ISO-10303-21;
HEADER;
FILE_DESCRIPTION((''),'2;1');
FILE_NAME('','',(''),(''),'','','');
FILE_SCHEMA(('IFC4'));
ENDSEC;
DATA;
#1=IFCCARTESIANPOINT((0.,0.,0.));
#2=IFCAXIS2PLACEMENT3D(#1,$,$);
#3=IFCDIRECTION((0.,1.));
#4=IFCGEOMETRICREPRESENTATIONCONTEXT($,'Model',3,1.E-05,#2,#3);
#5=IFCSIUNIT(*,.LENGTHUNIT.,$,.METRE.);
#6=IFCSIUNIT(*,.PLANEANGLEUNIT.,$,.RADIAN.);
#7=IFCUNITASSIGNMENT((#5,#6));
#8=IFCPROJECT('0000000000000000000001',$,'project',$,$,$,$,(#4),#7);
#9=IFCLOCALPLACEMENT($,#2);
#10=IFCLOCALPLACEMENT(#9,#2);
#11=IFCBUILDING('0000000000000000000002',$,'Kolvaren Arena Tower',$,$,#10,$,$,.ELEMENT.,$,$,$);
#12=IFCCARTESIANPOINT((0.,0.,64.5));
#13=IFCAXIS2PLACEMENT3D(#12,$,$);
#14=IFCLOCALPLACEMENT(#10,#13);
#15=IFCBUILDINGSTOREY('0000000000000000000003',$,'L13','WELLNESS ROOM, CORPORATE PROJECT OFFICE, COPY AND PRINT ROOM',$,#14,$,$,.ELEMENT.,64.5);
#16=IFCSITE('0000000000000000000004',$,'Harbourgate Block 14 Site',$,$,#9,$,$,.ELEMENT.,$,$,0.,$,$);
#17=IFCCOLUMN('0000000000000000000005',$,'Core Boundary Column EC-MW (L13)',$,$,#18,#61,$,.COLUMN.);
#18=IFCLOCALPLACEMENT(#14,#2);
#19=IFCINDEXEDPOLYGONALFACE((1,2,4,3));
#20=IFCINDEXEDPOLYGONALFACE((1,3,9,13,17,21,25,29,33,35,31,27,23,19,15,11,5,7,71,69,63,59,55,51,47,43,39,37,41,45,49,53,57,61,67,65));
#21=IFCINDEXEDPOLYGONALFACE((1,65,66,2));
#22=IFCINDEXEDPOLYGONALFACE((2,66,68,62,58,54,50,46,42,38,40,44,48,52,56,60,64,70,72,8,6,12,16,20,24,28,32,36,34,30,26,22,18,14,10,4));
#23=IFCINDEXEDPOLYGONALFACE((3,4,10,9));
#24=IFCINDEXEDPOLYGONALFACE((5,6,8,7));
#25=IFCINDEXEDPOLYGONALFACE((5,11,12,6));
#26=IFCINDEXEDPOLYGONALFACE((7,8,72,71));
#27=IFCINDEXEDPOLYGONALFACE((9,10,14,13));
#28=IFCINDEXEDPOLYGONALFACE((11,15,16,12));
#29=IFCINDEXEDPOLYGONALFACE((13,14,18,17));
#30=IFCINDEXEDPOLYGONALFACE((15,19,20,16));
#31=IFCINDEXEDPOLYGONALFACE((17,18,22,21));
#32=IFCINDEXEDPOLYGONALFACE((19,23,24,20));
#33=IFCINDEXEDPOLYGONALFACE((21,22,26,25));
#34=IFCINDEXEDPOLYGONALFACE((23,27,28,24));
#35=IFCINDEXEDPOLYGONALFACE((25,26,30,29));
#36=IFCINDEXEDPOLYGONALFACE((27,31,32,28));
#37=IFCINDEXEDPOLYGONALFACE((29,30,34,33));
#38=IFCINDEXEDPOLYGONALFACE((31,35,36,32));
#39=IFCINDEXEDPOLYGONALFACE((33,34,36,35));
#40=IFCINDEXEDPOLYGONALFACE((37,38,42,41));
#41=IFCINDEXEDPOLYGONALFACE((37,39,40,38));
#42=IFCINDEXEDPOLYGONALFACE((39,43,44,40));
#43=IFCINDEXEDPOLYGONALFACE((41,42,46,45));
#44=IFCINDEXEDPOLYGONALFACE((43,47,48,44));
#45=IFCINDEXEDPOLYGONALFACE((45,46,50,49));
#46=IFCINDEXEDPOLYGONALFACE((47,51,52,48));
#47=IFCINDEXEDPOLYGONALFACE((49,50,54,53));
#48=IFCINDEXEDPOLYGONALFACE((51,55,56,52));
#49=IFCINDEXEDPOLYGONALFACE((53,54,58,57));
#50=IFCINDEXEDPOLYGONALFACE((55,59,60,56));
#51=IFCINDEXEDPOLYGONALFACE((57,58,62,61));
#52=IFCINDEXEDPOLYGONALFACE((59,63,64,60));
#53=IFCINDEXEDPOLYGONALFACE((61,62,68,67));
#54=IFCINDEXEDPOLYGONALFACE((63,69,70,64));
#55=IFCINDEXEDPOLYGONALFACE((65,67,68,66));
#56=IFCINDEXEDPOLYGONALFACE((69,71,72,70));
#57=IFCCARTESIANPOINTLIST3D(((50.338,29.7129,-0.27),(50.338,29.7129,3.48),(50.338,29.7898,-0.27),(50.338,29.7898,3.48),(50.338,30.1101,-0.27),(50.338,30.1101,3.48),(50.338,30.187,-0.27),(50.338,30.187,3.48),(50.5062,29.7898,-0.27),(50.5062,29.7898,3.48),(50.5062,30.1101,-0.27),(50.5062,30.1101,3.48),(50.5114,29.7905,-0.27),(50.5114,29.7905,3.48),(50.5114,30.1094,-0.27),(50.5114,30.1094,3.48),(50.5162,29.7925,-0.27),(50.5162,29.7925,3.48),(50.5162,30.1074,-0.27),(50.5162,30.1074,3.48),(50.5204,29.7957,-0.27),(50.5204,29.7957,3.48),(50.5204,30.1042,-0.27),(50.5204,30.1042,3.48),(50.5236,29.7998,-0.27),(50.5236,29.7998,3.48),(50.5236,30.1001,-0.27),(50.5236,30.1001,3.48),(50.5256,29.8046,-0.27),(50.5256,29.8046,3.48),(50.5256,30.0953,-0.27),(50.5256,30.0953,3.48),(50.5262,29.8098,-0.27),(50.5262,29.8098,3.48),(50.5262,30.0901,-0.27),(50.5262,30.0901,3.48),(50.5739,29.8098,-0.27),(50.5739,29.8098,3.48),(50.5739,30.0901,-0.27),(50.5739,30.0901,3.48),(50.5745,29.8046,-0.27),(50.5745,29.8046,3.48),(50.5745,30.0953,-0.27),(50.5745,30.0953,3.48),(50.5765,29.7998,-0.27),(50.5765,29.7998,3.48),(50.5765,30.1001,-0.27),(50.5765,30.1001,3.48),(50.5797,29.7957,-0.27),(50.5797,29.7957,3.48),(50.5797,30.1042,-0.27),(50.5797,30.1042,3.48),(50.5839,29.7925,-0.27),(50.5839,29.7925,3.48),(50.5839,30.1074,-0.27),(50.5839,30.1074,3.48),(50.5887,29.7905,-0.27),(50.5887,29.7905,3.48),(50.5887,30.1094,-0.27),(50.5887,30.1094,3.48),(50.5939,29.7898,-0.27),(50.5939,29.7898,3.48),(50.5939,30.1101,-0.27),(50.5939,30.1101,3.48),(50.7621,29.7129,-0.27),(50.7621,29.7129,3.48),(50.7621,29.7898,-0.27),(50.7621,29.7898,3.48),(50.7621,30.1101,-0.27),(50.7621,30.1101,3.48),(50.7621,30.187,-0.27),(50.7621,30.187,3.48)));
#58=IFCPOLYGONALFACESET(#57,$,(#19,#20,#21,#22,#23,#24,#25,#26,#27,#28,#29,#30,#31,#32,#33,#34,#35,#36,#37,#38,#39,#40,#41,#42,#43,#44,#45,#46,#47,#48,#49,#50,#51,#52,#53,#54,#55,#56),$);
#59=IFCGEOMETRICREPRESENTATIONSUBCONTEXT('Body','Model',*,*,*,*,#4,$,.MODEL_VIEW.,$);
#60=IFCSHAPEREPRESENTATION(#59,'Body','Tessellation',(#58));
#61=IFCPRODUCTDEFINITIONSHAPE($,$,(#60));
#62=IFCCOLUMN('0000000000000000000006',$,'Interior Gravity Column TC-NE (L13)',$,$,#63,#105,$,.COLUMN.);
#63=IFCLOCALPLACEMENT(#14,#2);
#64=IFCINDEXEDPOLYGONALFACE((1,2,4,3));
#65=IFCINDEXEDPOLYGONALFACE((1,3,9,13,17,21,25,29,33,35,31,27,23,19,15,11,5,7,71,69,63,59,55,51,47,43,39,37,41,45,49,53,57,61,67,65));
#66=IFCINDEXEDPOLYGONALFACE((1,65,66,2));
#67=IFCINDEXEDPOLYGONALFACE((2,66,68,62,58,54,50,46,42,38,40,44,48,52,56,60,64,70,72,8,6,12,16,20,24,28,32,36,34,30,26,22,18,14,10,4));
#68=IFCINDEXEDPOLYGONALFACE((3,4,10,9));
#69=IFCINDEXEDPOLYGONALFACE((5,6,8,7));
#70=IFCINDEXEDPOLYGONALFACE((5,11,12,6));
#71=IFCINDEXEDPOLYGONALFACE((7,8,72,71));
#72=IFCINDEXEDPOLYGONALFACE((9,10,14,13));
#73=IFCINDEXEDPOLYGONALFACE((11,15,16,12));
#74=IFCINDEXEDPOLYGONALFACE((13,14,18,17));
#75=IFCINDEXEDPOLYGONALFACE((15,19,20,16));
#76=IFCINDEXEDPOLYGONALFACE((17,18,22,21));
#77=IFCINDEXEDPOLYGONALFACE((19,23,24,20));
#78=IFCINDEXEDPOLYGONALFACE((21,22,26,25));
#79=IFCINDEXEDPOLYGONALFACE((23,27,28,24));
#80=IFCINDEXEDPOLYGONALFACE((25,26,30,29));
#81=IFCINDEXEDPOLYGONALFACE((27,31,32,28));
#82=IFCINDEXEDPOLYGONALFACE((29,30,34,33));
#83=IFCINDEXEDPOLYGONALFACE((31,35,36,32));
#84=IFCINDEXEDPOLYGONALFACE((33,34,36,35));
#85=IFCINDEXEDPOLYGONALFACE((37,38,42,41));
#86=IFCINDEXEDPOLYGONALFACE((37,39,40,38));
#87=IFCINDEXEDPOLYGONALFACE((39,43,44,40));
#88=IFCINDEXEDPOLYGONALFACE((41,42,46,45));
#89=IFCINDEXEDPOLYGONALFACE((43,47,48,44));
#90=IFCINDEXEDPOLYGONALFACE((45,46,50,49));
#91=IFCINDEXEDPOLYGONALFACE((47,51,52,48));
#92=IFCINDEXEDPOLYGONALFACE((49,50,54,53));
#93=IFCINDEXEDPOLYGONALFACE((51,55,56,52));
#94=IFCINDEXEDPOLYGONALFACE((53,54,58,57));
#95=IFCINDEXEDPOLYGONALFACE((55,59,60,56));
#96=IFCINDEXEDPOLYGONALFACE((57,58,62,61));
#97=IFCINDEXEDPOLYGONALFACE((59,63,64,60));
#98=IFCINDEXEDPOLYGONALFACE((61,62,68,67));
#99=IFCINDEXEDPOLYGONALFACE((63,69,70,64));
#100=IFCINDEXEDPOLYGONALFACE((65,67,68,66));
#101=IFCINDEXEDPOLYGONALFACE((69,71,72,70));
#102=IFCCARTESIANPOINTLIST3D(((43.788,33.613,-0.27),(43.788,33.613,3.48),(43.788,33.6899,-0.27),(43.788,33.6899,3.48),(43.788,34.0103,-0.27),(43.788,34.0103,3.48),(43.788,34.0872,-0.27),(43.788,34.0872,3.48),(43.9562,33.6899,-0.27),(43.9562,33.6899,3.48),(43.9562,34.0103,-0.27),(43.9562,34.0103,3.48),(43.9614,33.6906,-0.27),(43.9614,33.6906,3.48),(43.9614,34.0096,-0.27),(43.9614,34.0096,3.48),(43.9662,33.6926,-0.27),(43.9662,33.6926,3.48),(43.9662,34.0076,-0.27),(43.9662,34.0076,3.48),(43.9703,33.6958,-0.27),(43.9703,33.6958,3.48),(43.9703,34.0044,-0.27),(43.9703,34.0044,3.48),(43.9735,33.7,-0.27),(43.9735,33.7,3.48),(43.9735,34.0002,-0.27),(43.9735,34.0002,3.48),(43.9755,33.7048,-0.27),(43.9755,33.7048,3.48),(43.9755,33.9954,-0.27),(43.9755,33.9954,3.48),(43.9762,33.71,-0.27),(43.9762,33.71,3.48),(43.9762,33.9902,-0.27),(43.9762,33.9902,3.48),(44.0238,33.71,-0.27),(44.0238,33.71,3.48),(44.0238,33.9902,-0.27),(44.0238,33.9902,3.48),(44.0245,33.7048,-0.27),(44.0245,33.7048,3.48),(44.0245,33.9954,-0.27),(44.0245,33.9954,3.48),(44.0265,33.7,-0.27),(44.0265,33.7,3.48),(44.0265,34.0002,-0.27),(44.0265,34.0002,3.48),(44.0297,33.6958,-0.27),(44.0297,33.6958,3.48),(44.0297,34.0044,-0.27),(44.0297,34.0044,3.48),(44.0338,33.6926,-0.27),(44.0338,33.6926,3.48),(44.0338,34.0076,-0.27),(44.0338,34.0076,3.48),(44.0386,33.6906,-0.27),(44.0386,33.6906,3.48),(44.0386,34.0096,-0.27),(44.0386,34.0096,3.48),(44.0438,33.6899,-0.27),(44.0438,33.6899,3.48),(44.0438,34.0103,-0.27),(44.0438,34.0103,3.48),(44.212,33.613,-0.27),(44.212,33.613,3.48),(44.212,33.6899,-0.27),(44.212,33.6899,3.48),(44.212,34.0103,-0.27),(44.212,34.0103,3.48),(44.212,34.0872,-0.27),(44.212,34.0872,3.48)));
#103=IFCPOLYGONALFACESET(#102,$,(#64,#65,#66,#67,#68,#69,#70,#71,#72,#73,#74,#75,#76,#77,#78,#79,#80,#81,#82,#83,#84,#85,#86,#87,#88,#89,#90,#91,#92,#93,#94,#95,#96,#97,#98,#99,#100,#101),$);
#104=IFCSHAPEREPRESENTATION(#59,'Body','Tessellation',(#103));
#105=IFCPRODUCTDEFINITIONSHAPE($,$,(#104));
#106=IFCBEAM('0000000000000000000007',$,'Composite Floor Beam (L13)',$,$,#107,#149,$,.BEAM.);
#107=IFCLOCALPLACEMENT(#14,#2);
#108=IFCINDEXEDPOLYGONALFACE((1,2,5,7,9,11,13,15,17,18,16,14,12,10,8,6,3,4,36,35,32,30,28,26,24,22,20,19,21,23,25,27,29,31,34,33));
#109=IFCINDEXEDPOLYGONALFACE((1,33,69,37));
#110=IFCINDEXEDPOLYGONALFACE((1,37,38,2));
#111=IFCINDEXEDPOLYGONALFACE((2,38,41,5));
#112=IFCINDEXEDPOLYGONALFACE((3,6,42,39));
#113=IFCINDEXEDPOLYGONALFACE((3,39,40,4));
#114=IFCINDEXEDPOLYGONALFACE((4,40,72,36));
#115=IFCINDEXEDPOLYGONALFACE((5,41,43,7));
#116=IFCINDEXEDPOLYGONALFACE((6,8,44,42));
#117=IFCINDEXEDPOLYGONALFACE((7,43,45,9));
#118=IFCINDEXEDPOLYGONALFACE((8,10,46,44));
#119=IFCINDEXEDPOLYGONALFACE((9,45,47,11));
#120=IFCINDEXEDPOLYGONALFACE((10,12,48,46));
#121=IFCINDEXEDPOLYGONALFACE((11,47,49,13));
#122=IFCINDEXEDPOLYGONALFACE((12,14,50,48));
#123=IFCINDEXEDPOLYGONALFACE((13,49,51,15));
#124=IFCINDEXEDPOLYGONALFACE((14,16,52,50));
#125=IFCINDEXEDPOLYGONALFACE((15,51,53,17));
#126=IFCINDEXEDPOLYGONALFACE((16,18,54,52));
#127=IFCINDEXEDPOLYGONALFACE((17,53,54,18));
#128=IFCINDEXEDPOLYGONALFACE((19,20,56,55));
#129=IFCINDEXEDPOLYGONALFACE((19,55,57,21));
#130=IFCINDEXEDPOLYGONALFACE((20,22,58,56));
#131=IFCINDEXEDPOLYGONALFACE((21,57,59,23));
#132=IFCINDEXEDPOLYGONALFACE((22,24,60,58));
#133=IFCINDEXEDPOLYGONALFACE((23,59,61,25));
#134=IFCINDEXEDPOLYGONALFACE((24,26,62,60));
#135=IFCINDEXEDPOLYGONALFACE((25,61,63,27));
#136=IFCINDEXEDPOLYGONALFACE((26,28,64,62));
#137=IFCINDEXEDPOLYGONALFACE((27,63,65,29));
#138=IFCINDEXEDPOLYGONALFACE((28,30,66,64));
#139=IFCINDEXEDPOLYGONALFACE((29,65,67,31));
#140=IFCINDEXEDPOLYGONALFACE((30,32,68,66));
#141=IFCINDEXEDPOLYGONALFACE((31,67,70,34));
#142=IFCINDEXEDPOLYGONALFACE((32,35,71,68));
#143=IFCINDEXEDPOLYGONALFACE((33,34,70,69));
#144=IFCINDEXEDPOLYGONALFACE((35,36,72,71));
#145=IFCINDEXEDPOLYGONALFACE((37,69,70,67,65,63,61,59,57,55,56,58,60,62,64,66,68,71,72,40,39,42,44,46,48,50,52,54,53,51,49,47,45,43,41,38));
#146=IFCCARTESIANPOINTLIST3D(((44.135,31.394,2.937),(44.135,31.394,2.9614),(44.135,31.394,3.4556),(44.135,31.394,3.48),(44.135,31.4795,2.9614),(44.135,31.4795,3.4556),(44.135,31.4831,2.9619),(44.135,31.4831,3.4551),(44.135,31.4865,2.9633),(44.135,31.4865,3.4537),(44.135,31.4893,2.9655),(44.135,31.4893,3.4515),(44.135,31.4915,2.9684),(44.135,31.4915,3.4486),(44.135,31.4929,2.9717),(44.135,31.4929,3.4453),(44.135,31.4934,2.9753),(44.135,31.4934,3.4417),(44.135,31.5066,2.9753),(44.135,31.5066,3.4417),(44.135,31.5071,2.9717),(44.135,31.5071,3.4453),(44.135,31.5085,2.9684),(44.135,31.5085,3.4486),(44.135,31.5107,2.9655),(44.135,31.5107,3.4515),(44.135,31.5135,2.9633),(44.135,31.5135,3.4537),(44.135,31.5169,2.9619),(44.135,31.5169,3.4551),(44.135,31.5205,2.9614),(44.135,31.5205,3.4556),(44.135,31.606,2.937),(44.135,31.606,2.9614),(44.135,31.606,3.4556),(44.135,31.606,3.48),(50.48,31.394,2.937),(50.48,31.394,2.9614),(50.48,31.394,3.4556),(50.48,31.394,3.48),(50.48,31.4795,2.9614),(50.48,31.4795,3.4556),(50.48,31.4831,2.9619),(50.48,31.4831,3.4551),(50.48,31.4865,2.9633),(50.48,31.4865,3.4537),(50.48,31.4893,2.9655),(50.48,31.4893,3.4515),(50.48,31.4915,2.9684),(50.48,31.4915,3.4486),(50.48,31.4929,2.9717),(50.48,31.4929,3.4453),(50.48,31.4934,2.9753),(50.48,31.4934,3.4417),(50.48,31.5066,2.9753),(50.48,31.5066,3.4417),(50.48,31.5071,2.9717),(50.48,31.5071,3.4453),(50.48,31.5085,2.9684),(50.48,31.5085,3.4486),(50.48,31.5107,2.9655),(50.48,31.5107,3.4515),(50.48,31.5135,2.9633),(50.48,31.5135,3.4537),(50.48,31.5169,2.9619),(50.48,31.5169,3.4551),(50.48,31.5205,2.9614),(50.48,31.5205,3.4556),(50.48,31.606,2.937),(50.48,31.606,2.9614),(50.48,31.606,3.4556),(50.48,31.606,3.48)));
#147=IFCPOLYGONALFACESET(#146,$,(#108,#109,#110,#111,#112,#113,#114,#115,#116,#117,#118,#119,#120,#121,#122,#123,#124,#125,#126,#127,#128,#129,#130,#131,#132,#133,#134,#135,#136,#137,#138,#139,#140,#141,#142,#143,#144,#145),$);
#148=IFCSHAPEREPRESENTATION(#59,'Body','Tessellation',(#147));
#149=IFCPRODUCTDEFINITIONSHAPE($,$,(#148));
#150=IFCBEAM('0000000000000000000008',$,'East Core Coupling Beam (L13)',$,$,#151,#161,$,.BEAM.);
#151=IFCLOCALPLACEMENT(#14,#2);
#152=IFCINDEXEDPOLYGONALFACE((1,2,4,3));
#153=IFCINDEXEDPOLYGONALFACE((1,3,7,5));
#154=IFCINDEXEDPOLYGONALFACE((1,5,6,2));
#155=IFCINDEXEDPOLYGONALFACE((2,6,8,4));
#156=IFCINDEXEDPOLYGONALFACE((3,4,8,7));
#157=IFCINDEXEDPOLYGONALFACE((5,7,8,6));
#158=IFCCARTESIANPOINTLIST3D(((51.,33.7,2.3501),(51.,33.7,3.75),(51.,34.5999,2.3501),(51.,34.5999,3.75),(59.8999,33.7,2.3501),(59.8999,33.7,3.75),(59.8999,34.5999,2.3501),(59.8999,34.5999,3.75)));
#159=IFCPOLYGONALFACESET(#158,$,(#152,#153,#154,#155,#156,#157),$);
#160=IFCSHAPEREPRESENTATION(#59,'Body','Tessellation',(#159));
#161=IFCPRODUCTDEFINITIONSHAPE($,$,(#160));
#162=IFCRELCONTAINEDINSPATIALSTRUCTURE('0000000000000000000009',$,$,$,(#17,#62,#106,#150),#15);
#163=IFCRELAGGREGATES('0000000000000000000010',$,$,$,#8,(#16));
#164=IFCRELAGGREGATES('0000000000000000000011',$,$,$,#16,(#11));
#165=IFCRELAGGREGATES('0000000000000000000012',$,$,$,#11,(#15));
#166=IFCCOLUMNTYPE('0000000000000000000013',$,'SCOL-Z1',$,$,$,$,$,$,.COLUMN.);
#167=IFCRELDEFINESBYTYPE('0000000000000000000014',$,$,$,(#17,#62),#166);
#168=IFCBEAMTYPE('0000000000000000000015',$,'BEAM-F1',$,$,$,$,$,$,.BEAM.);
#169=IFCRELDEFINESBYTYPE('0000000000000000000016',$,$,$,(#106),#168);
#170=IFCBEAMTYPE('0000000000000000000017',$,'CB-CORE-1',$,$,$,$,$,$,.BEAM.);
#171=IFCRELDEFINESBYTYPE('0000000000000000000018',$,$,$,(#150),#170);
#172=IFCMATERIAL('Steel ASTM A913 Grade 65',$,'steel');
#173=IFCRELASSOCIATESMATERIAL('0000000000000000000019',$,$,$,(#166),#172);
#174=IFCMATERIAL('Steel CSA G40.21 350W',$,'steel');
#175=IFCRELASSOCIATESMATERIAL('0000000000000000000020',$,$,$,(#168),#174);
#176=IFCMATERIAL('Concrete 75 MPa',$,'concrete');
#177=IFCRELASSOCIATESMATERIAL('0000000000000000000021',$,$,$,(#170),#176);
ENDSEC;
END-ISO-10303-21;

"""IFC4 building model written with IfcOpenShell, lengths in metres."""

from ifc_helpers import new_model, si_unit, direction, frame, origin, origin_2d, place, context, subcontext, project, spatial, rectangle, i_section, extrude, material, material_profile, profile_set, type_object, element, save


model = new_model("IFC4")

# Units and contexts
model_context = context("Model", 3, precision=1e-05, world=origin(), true_north=direction((0.0, 1.0)))
body_context = subcontext(model_context, "Body", "Model", "MODEL_VIEW")
ifc_project = project(units=[si_unit("LENGTHUNIT", "METRE"), si_unit("PLANEANGLEUNIT", "RADIAN")], contexts=[model_context])

# Site, building, storey
site_placement = place(None, origin())
site = spatial("IfcSite", under=ifc_project, at=site_placement, Name="Harbourgate Block 14 Site", CompositionType="ELEMENT", RefElevation=0.0)
building_placement = place(site_placement, origin())
building = spatial("IfcBuilding", under=site, at=building_placement, Name="Kolvaren Arena Tower", CompositionType="ELEMENT")
storey_placement = place(building_placement, frame((0.0, 0.0, 64.5)))
storey = spatial("IfcBuildingStorey", under=building, at=storey_placement, Name="L13", Description="WELLNESS ROOM, CORPORATE PROJECT OFFICE, COPY AND PRINT ROOM", CompositionType="ELEMENT", Elevation=64.5)

# Columns
ifc_material_1 = material(Name="Steel ASTM A913 Grade 65", Category="steel")
ifc_material_profile_1 = material_profile(ifc_material_1, i_section(OverallWidth=0.4241, OverallDepth=0.4741, WebThickness=0.0476, FlangeThickness=0.0769, FilletRadius=0.02, at=origin_2d()), Name="W360x634")
ifc_profile_set_1 = profile_set([ifc_material_profile_1], Name="Steel ASTM A913 Grade 65")
column_type = type_object("IfcColumnType", Name="SCOL-Z1", PredefinedType="COLUMN", material=ifc_profile_set_1)
for number, where, z_axis, x_axis, name in (
    (1, (50.55, 29.95, -0.27), (0.0, 0.0, 1.0), (1.0, 0.0, 0.0), "Core Boundary Column EC-MW (L13)"),
    (2, (44.0, 33.8501, -0.27), (0.0, 0.0, 1.0), (1.0, 0.0, 0.0), "Interior Gravity Column TC-NE (L13)"),
):
    element("IfcColumn", number, at=place(storey_placement, frame(where, z_axis=z_axis, x_axis=x_axis)), inside=storey, type_object=column_type, Name=name, PredefinedType="COLUMN", context=body_context, shape_type="SweptSolid", body=[
        extrude(i_section(OverallWidth=0.4241, OverallDepth=0.4741, WebThickness=0.0476, FlangeThickness=0.0769, FilletRadius=0.02, at=origin_2d()), origin(), (0.0, 0.0, 1.0), 3.75),
    ])

# Beams
ifc_material_2 = material(Name="Steel CSA G40.21 350W", Category="steel")
ifc_material_profile_2 = material_profile(ifc_material_2, i_section(OverallWidth=0.2119, OverallDepth=0.543, WebThickness=0.0132, FlangeThickness=0.0244, FilletRadius=0.0139, at=origin_2d()), Name="W530x150")
ifc_profile_set_2 = profile_set([ifc_material_profile_2], Name="Steel CSA G40.21 350W")
beam_type_1 = type_object("IfcBeamType", Name="BEAM-F1", PredefinedType="BEAM", material=ifc_profile_set_2)
beam_1_placement = place(storey_placement, frame((44.135, 31.5, 3.2085), z_axis=(1.0, 0.0, 0.0), x_axis=(0.0, 1.0, 0.0)))
element("IfcBeam", 3, at=beam_1_placement, inside=storey, type_object=beam_type_1, Name="Composite Floor Beam (L13)", PredefinedType="BEAM", context=body_context, shape_type="SweptSolid", body=[
    extrude(i_section(OverallWidth=0.2119, OverallDepth=0.543, WebThickness=0.0132, FlangeThickness=0.0244, FilletRadius=0.0139, at=origin_2d()), origin(), (0.0, 0.0, 1.0), 6.345),
])
ifc_material_3 = material(Name="Concrete 75 MPa", Category="concrete")
ifc_material_profile_3 = material_profile(ifc_material_3, rectangle(XDim=0.8999, YDim=1.3999, at=origin_2d()), Name="RC-900x1400")
ifc_profile_set_3 = profile_set([ifc_material_profile_3], Name="Concrete 75 MPa")
beam_type_2 = type_object("IfcBeamType", Name="CB-CORE-1", PredefinedType="BEAM", material=ifc_profile_set_3)
beam_2_placement = place(storey_placement, frame((51.0, 34.1499, 3.05), z_axis=(1.0, 0.0, 0.0), x_axis=(0.0, 1.0, 0.0)))
element("IfcBeam", 4, at=beam_2_placement, inside=storey, type_object=beam_type_2, Name="East Core Coupling Beam (L13)", PredefinedType="BEAM", context=body_context, shape_type="SweptSolid", body=[
    extrude(rectangle(XDim=0.8999, YDim=1.3999, at=origin_2d()), origin(), (0.0, 0.0, 1.0), 8.8999),
])

save(model, "model.ifc")
